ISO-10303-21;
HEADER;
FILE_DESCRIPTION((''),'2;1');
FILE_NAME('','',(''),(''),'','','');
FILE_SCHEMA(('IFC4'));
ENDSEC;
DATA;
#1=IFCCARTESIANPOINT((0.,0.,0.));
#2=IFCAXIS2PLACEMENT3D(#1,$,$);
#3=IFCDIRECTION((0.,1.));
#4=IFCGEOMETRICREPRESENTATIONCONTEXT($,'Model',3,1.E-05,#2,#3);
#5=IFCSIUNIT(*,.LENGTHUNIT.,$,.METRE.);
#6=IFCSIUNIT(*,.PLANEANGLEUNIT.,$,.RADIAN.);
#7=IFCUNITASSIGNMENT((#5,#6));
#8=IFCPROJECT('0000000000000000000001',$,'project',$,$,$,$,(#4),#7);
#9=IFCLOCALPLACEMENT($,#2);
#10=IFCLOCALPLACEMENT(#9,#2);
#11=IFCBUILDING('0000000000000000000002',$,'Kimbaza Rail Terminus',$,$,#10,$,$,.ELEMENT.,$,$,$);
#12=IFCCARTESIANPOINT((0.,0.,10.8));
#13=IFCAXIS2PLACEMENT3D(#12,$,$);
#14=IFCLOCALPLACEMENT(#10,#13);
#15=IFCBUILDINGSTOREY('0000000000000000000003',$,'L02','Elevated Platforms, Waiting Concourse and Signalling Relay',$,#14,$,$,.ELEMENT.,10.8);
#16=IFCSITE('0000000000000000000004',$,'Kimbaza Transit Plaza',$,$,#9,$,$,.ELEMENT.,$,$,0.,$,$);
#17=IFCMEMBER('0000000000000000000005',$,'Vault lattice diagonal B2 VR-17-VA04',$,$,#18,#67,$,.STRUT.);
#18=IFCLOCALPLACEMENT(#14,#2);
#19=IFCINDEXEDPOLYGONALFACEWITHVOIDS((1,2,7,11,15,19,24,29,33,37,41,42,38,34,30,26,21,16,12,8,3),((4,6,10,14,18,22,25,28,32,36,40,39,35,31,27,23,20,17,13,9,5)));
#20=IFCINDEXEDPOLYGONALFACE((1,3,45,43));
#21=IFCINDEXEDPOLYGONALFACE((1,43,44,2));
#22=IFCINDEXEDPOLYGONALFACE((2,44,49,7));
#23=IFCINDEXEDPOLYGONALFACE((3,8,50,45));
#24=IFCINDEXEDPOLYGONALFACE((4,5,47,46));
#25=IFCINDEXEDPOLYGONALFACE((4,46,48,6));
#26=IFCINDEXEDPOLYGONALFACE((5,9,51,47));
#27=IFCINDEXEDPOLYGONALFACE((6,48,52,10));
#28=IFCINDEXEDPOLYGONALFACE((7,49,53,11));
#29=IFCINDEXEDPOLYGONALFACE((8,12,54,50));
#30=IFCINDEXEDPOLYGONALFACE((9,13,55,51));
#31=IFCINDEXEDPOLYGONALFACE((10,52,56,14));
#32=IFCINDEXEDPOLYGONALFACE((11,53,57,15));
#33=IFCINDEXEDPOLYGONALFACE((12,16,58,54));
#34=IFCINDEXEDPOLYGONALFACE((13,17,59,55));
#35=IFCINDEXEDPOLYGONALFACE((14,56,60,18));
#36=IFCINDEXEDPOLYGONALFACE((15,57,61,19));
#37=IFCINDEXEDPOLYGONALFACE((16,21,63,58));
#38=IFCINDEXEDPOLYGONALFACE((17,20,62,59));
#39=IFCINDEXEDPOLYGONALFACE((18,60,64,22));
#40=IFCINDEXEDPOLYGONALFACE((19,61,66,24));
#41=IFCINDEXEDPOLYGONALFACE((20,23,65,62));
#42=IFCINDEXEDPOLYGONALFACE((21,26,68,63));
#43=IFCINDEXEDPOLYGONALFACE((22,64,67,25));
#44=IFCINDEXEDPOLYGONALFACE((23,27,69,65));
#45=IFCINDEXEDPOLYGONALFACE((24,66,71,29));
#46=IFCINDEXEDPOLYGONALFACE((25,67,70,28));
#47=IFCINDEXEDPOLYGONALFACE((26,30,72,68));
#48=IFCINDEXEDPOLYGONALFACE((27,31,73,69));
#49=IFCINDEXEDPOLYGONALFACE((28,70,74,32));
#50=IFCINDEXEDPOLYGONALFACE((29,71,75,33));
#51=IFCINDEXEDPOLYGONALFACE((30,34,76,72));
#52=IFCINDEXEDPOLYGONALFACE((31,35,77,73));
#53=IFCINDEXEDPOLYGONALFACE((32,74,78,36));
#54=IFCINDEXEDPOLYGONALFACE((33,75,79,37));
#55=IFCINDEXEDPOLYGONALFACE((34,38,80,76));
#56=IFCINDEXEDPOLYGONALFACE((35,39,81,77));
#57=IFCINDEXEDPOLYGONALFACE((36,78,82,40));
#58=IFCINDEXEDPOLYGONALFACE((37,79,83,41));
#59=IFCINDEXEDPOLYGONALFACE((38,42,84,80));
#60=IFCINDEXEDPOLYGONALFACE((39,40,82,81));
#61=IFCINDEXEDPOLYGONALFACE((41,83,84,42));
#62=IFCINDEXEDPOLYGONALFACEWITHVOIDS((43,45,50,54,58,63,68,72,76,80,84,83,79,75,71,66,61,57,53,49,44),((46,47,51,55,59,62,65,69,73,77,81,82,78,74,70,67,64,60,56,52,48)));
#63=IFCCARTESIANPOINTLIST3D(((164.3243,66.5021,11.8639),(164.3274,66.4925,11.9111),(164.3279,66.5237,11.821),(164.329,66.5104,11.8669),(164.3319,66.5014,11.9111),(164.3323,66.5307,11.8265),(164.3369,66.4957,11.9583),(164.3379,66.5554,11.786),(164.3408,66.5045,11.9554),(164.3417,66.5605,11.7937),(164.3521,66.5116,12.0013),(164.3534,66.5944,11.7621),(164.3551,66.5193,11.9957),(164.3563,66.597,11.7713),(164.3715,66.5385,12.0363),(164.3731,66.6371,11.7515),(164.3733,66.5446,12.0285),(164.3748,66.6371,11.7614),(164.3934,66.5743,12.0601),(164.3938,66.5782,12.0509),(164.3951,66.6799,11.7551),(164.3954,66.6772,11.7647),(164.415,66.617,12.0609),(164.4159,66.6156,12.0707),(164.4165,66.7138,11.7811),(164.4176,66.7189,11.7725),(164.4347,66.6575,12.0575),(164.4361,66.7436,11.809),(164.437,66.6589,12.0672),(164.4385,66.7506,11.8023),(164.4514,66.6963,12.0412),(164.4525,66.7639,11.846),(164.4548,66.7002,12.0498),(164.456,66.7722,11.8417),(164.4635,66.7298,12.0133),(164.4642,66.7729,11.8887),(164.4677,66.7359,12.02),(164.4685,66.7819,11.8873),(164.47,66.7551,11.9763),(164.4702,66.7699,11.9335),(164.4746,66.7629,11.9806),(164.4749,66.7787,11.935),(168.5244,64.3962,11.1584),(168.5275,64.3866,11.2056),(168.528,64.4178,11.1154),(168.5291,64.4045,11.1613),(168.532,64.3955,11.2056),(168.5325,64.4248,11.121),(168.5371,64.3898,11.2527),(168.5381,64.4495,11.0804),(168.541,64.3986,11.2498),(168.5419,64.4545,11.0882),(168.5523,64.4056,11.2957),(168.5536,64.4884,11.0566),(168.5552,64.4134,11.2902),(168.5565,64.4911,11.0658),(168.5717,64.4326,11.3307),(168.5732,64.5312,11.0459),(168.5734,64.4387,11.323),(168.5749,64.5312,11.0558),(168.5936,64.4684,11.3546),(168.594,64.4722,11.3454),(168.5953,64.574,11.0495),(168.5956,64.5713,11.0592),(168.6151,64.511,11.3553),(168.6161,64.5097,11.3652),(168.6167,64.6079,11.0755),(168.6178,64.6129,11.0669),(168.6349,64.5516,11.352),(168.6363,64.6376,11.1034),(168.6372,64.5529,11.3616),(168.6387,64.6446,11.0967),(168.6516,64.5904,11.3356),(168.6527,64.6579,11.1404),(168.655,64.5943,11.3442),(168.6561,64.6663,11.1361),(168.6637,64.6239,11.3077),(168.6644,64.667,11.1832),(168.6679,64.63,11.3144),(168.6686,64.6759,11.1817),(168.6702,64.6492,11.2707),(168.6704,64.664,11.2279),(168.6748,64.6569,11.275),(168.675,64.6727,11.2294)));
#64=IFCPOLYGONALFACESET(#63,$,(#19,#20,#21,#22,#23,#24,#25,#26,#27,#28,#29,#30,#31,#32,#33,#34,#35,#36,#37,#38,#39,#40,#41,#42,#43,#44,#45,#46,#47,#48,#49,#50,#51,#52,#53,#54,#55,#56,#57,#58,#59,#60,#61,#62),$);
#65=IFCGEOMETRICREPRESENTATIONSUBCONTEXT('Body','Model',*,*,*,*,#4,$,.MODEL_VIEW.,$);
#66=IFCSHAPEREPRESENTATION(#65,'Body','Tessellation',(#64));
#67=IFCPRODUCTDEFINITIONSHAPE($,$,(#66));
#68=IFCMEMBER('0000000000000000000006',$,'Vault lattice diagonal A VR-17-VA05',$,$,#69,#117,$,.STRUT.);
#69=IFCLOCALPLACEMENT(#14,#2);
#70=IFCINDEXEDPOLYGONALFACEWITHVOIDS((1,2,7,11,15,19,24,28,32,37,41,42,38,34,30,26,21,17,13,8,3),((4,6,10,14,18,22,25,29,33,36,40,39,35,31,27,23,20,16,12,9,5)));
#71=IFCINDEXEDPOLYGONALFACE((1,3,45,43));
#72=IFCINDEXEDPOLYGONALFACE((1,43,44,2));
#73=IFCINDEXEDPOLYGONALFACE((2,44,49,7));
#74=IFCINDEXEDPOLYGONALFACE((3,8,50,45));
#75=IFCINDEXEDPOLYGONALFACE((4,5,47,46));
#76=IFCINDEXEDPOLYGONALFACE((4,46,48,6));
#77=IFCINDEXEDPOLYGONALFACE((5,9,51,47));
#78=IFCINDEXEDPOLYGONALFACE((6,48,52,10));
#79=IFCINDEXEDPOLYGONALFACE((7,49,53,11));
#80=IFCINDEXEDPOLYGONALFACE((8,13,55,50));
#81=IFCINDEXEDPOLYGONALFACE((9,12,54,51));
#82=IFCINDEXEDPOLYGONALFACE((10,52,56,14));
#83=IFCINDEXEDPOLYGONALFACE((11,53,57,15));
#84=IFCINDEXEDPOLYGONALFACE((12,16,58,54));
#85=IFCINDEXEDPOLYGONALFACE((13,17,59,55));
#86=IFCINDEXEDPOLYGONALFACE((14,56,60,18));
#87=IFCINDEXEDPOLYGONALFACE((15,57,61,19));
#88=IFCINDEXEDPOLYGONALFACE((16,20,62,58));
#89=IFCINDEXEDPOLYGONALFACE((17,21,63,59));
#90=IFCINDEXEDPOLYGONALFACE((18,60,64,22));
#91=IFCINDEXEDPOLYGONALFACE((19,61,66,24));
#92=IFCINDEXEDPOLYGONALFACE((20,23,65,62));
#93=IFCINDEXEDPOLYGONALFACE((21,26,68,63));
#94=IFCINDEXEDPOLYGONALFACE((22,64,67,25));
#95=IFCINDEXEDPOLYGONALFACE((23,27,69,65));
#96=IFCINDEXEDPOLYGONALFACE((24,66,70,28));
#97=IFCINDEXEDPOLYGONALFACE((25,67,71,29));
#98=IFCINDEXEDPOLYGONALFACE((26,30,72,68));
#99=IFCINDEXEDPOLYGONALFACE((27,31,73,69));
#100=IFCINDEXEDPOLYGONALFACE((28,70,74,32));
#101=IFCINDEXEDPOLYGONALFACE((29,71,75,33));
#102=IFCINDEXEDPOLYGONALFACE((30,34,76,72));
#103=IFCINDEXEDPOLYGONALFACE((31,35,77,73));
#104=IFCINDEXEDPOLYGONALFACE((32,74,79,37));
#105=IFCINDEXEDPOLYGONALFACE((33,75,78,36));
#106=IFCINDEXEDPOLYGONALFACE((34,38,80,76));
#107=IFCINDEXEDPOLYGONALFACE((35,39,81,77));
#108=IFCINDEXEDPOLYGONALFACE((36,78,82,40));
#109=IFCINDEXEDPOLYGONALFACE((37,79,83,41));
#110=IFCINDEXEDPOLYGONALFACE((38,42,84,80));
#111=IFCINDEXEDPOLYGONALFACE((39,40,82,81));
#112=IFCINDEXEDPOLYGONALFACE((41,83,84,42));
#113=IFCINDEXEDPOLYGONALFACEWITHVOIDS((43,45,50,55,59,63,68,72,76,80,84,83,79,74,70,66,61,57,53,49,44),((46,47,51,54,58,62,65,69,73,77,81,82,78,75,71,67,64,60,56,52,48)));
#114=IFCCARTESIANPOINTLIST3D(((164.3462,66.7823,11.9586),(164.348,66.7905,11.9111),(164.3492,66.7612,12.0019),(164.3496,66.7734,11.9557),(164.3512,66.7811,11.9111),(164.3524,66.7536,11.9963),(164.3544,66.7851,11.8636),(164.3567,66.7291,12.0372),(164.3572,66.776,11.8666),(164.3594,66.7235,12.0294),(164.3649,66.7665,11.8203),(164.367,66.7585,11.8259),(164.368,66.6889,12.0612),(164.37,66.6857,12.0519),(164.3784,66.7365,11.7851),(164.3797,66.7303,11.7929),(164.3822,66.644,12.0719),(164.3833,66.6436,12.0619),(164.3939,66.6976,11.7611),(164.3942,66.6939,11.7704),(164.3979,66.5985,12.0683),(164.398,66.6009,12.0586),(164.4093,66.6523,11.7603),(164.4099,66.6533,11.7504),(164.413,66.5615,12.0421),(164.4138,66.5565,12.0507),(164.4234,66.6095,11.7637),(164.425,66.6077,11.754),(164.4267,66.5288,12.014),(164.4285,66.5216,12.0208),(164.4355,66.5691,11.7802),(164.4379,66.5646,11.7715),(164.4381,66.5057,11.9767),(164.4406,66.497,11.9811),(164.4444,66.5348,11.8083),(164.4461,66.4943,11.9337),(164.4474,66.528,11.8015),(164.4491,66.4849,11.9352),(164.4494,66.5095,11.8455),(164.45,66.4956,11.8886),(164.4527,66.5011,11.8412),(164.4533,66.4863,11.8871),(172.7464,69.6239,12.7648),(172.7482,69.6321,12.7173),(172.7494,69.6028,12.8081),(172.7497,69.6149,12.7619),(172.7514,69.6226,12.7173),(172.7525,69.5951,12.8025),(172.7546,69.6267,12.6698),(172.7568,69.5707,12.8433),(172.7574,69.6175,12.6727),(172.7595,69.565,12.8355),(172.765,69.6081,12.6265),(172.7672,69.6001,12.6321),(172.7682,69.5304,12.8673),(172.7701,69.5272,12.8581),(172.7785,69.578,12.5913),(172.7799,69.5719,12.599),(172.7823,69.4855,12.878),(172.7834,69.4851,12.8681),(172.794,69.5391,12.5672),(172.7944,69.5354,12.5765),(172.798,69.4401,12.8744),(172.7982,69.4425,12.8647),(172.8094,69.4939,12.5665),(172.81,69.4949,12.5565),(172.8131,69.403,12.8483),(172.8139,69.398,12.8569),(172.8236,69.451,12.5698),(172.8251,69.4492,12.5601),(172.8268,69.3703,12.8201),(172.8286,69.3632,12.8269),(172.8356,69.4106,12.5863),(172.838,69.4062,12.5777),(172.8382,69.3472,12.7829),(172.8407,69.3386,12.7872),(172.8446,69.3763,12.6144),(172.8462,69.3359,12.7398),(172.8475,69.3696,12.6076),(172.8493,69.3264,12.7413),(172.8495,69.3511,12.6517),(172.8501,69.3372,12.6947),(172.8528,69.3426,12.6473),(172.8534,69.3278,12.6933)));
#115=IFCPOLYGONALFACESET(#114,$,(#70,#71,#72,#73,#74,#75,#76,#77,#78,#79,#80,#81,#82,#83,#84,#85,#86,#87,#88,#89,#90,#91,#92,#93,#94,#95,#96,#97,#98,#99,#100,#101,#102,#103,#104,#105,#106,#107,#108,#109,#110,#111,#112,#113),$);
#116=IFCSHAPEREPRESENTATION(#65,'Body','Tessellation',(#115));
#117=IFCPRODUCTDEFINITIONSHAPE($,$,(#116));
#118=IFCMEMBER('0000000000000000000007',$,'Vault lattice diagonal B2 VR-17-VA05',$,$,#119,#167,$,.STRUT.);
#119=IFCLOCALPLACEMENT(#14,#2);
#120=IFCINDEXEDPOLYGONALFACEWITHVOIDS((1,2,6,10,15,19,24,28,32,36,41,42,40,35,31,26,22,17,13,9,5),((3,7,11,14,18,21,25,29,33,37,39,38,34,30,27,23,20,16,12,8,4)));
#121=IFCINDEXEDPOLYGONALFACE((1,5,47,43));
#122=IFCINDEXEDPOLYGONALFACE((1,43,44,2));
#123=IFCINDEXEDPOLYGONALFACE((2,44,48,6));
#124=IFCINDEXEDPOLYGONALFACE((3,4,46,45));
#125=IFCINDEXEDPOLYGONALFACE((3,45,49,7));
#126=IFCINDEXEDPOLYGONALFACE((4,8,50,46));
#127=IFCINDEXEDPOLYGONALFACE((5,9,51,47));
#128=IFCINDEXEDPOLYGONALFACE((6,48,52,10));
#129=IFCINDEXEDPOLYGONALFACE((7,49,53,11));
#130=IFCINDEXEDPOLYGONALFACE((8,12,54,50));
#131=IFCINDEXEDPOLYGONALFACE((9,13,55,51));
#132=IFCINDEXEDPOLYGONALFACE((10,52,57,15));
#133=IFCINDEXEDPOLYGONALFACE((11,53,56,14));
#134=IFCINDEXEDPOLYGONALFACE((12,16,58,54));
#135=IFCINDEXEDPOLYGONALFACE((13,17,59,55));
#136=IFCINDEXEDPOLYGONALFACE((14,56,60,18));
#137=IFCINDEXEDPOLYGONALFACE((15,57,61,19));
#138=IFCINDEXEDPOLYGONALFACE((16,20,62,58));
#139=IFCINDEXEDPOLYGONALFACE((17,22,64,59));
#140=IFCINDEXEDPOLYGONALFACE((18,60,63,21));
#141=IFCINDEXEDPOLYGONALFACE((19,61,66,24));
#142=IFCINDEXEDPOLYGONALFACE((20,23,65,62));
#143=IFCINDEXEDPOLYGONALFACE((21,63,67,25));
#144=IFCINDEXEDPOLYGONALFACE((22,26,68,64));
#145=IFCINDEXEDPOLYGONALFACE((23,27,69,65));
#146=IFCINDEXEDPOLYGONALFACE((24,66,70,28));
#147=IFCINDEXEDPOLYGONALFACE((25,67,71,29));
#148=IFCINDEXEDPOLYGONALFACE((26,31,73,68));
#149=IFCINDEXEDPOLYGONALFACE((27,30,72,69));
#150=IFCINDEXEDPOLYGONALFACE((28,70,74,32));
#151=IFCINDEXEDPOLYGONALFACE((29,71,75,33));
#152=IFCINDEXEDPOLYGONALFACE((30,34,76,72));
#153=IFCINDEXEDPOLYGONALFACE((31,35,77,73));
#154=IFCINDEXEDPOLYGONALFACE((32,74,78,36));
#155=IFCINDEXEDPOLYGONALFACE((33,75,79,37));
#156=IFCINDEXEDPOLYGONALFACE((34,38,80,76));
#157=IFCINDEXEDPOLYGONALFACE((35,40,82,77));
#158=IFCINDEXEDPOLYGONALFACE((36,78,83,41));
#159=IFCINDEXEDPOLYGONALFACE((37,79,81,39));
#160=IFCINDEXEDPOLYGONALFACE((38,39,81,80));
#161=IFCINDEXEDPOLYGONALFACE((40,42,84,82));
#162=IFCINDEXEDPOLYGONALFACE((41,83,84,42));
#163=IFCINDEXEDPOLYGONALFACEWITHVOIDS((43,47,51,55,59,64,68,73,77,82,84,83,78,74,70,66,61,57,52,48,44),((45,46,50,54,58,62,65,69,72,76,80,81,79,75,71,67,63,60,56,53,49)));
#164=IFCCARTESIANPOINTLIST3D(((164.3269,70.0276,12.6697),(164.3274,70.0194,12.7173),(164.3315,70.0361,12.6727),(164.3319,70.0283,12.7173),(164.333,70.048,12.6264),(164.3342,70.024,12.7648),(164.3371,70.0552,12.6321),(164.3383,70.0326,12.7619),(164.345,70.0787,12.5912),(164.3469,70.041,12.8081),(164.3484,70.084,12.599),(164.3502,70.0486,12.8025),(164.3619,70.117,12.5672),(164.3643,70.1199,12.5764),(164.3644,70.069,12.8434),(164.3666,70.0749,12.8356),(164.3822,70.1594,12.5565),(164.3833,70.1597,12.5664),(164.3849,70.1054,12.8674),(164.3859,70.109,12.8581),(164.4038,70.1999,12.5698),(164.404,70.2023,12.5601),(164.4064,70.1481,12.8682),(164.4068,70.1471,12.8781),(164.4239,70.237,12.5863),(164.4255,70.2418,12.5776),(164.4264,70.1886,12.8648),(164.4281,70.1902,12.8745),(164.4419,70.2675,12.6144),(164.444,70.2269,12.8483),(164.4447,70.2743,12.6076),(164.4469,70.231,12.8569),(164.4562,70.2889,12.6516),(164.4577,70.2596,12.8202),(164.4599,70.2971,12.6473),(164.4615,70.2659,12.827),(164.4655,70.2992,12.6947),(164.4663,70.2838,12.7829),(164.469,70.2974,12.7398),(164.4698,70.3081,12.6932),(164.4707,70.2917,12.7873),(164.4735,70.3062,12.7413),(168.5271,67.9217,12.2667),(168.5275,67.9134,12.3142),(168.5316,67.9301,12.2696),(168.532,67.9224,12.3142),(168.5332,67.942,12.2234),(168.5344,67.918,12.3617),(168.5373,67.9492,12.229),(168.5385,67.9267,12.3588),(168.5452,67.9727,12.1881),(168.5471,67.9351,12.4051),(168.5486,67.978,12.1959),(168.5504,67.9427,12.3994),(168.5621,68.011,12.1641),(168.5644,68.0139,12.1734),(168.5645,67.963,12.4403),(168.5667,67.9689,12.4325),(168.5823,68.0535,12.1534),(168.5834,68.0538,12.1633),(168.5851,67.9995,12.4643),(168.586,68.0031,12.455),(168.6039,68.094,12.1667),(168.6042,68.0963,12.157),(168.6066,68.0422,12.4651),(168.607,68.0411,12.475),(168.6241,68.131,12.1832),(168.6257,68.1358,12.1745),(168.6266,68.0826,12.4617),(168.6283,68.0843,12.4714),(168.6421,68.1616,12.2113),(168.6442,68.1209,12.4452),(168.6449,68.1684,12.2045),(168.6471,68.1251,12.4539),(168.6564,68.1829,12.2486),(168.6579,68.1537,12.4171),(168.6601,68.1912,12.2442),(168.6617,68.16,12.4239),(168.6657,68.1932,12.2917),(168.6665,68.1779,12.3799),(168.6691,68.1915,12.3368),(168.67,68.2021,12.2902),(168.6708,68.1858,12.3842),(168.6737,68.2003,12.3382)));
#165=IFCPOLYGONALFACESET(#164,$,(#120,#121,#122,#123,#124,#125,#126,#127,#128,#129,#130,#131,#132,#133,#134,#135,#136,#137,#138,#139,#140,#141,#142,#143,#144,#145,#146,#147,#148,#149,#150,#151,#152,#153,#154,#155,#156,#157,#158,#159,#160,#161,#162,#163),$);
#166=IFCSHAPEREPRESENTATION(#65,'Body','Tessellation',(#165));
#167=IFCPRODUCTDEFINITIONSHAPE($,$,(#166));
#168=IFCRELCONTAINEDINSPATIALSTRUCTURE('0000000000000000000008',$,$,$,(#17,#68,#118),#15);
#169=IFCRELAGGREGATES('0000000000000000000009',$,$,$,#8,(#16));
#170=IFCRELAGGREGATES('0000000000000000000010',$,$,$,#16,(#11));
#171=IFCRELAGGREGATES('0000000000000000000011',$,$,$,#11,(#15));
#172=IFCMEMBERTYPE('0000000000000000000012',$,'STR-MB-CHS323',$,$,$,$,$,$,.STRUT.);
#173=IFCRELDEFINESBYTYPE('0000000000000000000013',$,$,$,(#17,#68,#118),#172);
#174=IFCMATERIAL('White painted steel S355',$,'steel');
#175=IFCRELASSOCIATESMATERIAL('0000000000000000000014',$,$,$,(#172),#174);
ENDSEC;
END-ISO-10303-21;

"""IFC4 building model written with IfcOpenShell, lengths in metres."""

from ifc_helpers import new_model, si_unit, direction, frame, origin, origin_2d, place, context, subcontext, project, spatial, hollow_circle, extrude, material, material_profile, profile_set, type_object, element, save


model = new_model("IFC4")

# Units and contexts
model_context = context("Model", 3, precision=1e-05, world=origin(), true_north=direction((0.0, 1.0)))
body_context = subcontext(model_context, "Body", "Model", "MODEL_VIEW")
ifc_project = project(units=[si_unit("LENGTHUNIT", "METRE"), si_unit("PLANEANGLEUNIT", "RADIAN")], contexts=[model_context])

# Site, building, storey
site_placement = place(None, origin())
site = spatial("IfcSite", under=ifc_project, at=site_placement, Name="Kimbaza Transit Plaza", CompositionType="ELEMENT", RefElevation=0.0)
building_placement = place(site_placement, origin())
building = spatial("IfcBuilding", under=site, at=building_placement, Name="Kimbaza Rail Terminus", CompositionType="ELEMENT")
storey_placement = place(building_placement, frame((0.0, 0.0, 10.8)))
storey = spatial("IfcBuildingStorey", under=building, at=storey_placement, Name="L02", Description="Elevated Platforms, Waiting Concourse and Signalling Relay", CompositionType="ELEMENT", Elevation=10.8)

# Members
ifc_material_1 = material(Name="White painted steel S355", Category="steel")
ifc_material_profile_1 = material_profile(ifc_material_1, hollow_circle(Radius=0.1619, WallThickness=0.01, at=origin_2d()), Name="CHS 323.9x10")
ifc_profile_set_1 = profile_set([ifc_material_profile_1], Name="White painted steel S355")
member_type_1 = type_object("IfcMemberType", Name="STR-MB-CHS323", PredefinedType="STRUT", material=ifc_profile_set_1)
member_1_placement = place(storey_placement, frame((168.6001, 64.5312, 11.2056), z_axis=(-0.884016, 0.443241, 0.148501), x_axis=(-0.448211, -0.893928, 0.0)))
element("IfcMember", 1, at=member_1_placement, inside=storey, type_object=member_type_1, Name="Vault lattice diagonal B2 VR-17-VA04", PredefinedType="STRUT", context=body_context, shape_type="SweptSolid", body=[
    extrude(hollow_circle(Radius=0.1619, WallThickness=0.01, at=origin_2d()), origin(), (0.0, 0.0, 1.0), 4.7512),
])
member_2_placement = place(storey_placement, frame((164.3999, 66.6372, 11.9111), z_axis=(0.94338, 0.319121, 0.090535), x_axis=(-0.320437, 0.94727, 0.0)))
element("IfcMember", 2, at=member_2_placement, inside=storey, type_object=member_type_1, Name="Vault lattice diagonal A VR-17-VA05", PredefinedType="STRUT", context=body_context, shape_type="SweptSolid", body=[
    extrude(hollow_circle(Radius=0.1619, WallThickness=0.01, at=origin_2d()), origin(), (0.0, 0.0, 1.0), 8.9043),
])
member_3_placement = place(storey_placement, frame((168.6001, 68.0581, 12.3142), z_axis=(-0.890656, 0.446571, 0.085473), x_axis=(-0.448211, -0.893928, 0.0)))
element("IfcMember", 3, at=member_3_placement, inside=storey, type_object=member_type_1, Name="Vault lattice diagonal B2 VR-17-VA05", PredefinedType="STRUT", context=body_context, shape_type="SweptSolid", body=[
    extrude(hollow_circle(Radius=0.1619, WallThickness=0.01, at=origin_2d()), origin(), (0.0, 0.0, 1.0), 4.7158),
])

save(model, "model.ifc")
